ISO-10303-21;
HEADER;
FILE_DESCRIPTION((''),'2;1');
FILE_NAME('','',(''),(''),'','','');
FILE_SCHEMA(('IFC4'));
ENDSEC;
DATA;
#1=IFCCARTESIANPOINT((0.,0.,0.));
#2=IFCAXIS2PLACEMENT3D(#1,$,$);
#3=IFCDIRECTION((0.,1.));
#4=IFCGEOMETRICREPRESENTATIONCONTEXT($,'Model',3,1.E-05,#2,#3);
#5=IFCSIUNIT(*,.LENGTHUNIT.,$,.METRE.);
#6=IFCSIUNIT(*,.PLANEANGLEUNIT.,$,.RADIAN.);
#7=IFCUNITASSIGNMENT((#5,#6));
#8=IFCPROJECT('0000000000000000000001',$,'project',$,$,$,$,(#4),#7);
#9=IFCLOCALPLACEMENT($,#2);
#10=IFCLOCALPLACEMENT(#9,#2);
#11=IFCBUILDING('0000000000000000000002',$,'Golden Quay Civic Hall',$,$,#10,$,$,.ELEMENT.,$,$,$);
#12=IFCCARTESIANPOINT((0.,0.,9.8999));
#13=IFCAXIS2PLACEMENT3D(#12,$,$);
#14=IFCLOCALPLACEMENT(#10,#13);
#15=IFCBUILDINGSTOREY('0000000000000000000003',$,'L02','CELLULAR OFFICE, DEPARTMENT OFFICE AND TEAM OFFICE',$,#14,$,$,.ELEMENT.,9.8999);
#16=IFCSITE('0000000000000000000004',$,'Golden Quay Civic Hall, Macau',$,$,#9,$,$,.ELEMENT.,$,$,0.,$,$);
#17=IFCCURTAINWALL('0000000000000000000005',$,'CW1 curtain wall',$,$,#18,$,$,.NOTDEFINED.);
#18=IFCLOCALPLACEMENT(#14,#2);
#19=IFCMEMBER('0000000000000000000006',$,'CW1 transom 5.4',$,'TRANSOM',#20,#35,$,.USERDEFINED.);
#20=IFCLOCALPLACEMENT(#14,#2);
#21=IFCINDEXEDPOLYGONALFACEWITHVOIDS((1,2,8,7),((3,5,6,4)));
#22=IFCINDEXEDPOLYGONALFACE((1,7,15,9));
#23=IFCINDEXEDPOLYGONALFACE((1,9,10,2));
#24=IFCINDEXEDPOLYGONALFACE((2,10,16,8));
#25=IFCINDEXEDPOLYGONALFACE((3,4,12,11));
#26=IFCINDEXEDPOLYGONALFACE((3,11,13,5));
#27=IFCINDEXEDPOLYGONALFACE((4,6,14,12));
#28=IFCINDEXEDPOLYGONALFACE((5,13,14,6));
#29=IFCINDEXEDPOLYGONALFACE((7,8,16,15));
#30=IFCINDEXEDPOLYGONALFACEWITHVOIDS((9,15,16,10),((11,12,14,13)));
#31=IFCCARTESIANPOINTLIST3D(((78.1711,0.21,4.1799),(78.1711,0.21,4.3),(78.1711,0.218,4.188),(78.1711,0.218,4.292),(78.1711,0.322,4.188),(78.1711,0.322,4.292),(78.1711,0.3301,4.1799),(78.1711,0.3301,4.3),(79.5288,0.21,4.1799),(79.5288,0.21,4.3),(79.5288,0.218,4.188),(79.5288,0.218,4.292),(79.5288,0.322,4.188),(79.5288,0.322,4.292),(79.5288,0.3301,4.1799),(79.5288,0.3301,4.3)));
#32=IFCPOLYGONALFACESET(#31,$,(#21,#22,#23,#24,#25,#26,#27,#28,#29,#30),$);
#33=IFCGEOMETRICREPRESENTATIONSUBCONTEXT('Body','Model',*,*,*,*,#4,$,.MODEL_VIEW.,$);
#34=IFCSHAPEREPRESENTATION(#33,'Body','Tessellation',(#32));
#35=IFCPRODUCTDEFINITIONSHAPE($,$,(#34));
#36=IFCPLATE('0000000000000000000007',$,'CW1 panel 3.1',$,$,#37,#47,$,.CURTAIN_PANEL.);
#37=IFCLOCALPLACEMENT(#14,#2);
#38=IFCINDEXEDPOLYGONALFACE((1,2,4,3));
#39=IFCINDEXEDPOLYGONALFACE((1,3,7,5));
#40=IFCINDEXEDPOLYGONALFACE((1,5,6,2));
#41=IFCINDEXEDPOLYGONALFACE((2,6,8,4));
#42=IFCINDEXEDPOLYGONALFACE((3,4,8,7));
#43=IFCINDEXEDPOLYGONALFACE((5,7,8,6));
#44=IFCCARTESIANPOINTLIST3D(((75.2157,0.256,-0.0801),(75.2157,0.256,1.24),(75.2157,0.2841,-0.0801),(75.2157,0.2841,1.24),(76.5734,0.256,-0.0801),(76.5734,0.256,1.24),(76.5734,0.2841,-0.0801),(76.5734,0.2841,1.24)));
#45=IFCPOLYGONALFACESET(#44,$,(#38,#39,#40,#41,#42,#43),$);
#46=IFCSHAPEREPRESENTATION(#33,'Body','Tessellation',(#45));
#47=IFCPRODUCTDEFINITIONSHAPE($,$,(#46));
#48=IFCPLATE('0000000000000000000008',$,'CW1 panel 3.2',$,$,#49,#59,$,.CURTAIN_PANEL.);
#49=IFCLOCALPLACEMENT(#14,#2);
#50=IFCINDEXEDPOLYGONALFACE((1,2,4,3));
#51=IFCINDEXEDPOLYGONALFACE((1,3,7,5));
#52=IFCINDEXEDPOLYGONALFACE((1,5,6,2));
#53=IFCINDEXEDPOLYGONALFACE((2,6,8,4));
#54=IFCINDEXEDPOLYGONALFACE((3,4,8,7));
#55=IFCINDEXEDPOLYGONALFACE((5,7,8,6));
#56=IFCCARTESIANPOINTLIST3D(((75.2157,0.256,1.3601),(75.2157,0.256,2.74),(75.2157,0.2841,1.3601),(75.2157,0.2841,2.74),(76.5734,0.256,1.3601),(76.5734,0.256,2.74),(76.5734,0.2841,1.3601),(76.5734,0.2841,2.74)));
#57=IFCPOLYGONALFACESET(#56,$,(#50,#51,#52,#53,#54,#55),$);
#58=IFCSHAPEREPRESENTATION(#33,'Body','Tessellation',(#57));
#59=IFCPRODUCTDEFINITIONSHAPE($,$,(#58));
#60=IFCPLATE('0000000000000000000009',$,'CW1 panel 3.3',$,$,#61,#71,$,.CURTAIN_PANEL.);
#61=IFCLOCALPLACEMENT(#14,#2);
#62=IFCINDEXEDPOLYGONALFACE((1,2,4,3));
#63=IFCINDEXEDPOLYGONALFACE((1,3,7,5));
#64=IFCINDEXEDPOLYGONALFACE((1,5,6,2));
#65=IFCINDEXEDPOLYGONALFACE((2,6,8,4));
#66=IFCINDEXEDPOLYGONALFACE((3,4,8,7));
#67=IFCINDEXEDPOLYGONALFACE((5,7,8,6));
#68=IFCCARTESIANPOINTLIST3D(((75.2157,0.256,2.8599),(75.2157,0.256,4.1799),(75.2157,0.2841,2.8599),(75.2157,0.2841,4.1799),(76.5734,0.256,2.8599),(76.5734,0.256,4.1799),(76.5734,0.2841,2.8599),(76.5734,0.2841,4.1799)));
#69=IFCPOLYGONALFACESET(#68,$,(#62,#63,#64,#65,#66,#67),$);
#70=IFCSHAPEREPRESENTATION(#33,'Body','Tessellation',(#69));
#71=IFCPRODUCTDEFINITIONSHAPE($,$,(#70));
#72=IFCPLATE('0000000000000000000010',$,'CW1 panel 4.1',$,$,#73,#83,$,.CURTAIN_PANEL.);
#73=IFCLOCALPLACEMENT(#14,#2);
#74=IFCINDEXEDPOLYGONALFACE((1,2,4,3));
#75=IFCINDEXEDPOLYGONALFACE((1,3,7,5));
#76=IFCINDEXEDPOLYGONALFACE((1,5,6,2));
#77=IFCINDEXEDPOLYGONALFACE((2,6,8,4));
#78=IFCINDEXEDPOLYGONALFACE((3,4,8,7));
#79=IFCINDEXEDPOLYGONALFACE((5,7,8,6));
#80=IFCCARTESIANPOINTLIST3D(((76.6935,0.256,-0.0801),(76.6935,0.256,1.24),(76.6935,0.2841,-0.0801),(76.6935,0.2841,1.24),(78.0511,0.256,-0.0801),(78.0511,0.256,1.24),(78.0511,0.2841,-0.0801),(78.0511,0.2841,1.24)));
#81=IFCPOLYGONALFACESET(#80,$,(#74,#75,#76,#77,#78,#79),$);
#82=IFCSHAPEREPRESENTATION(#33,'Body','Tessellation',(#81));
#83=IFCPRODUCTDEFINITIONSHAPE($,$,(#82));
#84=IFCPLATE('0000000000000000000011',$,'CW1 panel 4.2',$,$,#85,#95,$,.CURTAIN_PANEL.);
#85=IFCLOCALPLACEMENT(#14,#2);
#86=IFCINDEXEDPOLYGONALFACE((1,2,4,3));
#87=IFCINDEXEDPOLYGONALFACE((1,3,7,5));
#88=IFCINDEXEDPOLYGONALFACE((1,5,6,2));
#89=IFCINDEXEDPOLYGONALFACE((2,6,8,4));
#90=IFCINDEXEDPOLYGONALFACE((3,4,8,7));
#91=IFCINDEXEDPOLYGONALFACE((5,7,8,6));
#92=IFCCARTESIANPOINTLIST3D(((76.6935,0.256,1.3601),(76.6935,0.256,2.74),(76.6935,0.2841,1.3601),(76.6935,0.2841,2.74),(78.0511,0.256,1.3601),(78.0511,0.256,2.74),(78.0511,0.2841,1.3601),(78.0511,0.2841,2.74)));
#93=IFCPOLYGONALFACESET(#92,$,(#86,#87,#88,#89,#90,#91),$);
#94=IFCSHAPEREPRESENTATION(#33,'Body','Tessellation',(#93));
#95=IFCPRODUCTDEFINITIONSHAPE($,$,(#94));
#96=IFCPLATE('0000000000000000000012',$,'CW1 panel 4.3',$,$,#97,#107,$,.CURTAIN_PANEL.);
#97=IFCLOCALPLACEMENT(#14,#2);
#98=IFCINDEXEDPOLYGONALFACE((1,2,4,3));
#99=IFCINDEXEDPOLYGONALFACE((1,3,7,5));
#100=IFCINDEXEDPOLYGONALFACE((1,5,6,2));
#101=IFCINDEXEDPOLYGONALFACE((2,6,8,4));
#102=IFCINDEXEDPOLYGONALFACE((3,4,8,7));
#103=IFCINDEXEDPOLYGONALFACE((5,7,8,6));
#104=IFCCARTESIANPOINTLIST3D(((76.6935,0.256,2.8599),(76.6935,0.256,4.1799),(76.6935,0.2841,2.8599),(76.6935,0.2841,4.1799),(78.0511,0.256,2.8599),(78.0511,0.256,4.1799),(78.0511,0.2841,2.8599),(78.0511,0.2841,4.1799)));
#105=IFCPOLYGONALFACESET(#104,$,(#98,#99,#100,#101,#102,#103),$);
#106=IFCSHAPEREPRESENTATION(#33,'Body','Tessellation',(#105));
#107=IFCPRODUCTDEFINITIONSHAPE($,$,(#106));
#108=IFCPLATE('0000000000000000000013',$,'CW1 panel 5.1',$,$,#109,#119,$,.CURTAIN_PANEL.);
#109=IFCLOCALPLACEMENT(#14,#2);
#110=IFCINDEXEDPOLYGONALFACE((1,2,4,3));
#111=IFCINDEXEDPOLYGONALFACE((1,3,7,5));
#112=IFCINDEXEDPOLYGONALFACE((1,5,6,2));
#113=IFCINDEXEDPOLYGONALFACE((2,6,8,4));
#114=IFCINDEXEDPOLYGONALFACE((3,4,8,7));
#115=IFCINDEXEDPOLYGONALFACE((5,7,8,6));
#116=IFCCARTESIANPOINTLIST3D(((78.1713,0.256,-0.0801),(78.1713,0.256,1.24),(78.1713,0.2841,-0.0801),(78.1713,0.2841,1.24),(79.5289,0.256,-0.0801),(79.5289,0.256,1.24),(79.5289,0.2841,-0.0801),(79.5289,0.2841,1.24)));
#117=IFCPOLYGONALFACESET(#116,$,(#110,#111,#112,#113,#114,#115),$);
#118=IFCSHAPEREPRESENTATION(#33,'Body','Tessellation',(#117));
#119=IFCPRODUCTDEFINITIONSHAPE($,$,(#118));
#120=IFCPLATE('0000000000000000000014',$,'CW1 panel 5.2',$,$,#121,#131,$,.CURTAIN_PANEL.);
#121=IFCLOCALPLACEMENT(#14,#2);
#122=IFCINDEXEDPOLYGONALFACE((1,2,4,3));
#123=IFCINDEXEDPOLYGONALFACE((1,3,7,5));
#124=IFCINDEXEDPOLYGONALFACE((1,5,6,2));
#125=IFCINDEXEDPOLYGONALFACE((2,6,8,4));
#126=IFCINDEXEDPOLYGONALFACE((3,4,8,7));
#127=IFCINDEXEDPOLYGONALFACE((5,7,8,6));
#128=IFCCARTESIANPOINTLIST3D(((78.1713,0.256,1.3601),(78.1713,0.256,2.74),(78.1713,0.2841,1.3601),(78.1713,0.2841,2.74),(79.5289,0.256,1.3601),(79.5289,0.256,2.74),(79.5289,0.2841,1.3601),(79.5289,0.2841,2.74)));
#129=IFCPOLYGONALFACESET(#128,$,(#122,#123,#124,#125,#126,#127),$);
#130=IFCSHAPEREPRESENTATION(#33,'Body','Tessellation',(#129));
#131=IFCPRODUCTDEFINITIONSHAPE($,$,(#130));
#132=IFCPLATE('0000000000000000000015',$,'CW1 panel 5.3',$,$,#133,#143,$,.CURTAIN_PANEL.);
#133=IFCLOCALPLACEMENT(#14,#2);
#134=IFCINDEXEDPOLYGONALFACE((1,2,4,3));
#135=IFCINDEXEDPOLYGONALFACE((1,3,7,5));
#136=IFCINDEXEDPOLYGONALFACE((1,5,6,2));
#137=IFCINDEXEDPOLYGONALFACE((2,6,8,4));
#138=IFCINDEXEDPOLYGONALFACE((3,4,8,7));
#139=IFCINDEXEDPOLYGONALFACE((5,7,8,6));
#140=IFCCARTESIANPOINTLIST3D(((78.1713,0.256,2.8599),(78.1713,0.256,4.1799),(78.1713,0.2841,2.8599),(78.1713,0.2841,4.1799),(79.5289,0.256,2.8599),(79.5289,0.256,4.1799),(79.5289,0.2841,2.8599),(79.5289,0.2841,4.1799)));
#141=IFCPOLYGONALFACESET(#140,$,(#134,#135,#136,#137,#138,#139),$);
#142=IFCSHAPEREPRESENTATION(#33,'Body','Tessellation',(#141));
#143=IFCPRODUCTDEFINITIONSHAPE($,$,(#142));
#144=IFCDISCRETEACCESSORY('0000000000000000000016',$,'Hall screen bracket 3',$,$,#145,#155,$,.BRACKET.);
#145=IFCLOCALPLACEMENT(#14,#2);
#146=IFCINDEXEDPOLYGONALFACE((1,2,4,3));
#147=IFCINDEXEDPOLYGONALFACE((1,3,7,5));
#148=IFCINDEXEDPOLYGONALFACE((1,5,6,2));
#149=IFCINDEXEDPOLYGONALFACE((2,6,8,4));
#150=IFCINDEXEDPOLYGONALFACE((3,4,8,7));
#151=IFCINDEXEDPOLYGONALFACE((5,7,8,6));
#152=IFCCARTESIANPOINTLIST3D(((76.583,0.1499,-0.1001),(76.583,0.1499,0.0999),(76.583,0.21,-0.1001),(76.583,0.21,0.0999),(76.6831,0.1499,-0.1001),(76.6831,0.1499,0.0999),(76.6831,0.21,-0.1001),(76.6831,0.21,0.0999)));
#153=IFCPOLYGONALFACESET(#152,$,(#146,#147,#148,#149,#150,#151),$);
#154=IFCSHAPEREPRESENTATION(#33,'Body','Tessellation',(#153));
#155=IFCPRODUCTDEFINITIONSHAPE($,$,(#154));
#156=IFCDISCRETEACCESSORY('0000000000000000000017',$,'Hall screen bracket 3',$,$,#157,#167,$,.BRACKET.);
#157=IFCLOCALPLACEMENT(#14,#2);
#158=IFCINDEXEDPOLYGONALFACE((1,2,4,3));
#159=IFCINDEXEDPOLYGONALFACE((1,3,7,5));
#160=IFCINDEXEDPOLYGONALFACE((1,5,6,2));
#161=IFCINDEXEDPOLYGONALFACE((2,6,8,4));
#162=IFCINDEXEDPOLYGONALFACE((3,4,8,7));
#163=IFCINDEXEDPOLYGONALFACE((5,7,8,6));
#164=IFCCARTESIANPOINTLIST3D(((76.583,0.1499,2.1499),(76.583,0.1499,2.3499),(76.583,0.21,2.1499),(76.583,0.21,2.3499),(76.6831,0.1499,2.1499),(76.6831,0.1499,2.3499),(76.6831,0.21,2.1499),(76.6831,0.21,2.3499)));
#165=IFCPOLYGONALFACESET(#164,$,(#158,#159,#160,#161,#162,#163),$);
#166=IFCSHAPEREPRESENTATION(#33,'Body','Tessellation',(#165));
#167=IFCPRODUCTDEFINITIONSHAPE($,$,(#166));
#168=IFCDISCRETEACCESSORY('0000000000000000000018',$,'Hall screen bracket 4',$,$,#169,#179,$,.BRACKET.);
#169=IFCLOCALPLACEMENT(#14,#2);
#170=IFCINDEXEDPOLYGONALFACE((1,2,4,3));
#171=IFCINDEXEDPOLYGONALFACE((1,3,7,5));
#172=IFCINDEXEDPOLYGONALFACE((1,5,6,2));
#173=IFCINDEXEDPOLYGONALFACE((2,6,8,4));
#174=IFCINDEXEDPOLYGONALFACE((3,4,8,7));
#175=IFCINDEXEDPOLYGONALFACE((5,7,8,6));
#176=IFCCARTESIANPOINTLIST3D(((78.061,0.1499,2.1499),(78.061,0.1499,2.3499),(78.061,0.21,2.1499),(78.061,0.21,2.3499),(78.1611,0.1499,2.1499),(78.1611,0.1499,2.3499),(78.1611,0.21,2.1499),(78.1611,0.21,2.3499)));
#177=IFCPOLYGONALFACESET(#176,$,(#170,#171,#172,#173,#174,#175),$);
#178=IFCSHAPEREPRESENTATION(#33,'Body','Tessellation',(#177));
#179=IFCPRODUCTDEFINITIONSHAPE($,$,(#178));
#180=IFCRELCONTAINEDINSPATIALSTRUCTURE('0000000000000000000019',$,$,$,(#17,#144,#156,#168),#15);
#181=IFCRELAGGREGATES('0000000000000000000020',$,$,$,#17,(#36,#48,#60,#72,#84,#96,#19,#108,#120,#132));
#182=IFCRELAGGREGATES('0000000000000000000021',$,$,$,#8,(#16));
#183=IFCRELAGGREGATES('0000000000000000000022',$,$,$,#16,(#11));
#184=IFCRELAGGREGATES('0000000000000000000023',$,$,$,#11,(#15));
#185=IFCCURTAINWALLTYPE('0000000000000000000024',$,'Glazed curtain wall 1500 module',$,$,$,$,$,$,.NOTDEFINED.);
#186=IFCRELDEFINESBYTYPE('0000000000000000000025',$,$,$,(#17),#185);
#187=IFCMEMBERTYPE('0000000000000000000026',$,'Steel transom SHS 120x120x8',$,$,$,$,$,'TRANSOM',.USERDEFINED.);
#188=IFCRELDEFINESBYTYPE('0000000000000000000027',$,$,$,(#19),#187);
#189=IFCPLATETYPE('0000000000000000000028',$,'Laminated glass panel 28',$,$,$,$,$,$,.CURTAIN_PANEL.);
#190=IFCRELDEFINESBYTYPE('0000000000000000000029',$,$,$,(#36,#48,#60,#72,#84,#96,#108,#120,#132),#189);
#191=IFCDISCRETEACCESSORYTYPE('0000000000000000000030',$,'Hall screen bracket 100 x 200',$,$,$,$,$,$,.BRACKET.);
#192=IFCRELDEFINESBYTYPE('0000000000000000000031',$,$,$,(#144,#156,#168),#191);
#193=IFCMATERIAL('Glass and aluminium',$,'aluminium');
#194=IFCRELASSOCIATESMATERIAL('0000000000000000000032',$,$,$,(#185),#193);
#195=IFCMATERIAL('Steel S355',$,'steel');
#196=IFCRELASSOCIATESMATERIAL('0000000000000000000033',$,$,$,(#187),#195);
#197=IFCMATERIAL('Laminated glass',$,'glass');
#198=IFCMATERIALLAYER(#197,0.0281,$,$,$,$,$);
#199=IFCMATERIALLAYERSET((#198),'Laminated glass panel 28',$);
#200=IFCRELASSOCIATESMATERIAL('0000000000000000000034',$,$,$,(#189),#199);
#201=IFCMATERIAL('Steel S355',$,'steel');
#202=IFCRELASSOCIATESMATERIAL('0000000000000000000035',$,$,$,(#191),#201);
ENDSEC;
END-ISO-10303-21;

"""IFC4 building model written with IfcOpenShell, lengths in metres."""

from ifc_helpers import new_model, si_unit, direction, frame, origin, origin_2d, place, context, subcontext, project, spatial, rectangle, hollow_rectangle, extrude, material, layer, layer_set, material_profile, profile_set, type_object, element, aggregate, save


model = new_model("IFC4")

# Units and contexts
model_context = context("Model", 3, precision=1e-05, world=origin(), true_north=direction((0.0, 1.0)))
body_context = subcontext(model_context, "Body", "Model", "MODEL_VIEW")
ifc_project = project(units=[si_unit("LENGTHUNIT", "METRE"), si_unit("PLANEANGLEUNIT", "RADIAN")], contexts=[model_context])

# Site, building, storey
site_placement = place(None, origin())
site = spatial("IfcSite", under=ifc_project, at=site_placement, Name="Golden Quay Civic Hall, Macau", CompositionType="ELEMENT", RefElevation=0.0)
building_placement = place(site_placement, origin())
building = spatial("IfcBuilding", under=site, at=building_placement, Name="Golden Quay Civic Hall", CompositionType="ELEMENT")
storey_placement = place(building_placement, frame((0.0, 0.0, 9.8999)))
storey = spatial("IfcBuildingStorey", under=building, at=storey_placement, Name="L02", Description="CELLULAR OFFICE, DEPARTMENT OFFICE AND TEAM OFFICE", CompositionType="ELEMENT", Elevation=9.8999)

# Curtain wall, member, plates
ifc_material_1 = material(Name="Glass and aluminium", Category="aluminium")
curtain_wall_type = type_object("IfcCurtainWallType", Name="Glazed curtain wall 1500 module", PredefinedType="NOTDEFINED", material=ifc_material_1)
curtain_wall_placement = place(storey_placement, origin())
curtain_wall = element("IfcCurtainWall", 1, at=curtain_wall_placement, inside=storey, type_object=curtain_wall_type, Name="CW1 curtain wall", PredefinedType="NOTDEFINED")
ifc_material_2 = material(Name="Steel S355", Category="steel")
ifc_material_profile_1 = material_profile(ifc_material_2, hollow_rectangle(XDim=0.1201, YDim=0.1201, WallThickness=0.0081, at=origin_2d()), Name="SHS 120x120x8")
ifc_profile_set_1 = profile_set([ifc_material_profile_1], Name="Steel S355")
member_type_1 = type_object("IfcMemberType", Name="Steel transom SHS 120x120x8", ElementType="TRANSOM", PredefinedType="USERDEFINED", material=ifc_profile_set_1)
member_1_placement = place(storey_placement, frame((78.1711, 0.27, 4.24), z_axis=(1.0, 0.0, 0.0), x_axis=(0.0, 1.0, 0.0)))
member_1 = element("IfcMember", 2, at=member_1_placement, type_object=member_type_1, Name="CW1 transom 5.4", ObjectType="TRANSOM", PredefinedType="USERDEFINED", context=body_context, shape_type="SweptSolid", body=[
    extrude(hollow_rectangle(XDim=0.1201, YDim=0.1201, WallThickness=0.0081, at=origin_2d()), origin(), (0.0, 0.0, 1.0), 1.3577),
])
ifc_material_3 = material(Name="Laminated glass", Category="glass")
ifc_layer = layer(ifc_material_3, 0.0281)
ifc_layer_set = layer_set([ifc_layer], Name="Laminated glass panel 28")
plate_type = type_object("IfcPlateType", Name="Laminated glass panel 28", PredefinedType="CURTAIN_PANEL", material=ifc_layer_set)
plate_1_placement = place(storey_placement, frame((75.8945, 0.27, -0.0801), z_axis=(0.0, 0.0, 1.0), x_axis=(1.0, 0.0, 0.0)))
plate_1 = element("IfcPlate", 3, at=plate_1_placement, type_object=plate_type, Name="CW1 panel 3.1", PredefinedType="CURTAIN_PANEL", context=body_context, shape_type="SweptSolid", body=[
    extrude(rectangle(XDim=1.3577, YDim=0.0281, at=origin_2d()), origin(), (0.0, 0.0, 1.0), 1.3201),
])
plate_2_placement = place(storey_placement, frame((75.8945, 0.27, 1.3601), z_axis=(0.0, 0.0, 1.0), x_axis=(1.0, 0.0, 0.0)))
plate_2 = element("IfcPlate", 4, at=plate_2_placement, type_object=plate_type, Name="CW1 panel 3.2", PredefinedType="CURTAIN_PANEL", context=body_context, shape_type="SweptSolid", body=[
    extrude(rectangle(XDim=1.3577, YDim=0.0281, at=origin_2d()), origin(), (0.0, 0.0, 1.0), 1.3799),
])
plate_3_placement = place(storey_placement, frame((75.8945, 0.27, 2.8599), z_axis=(0.0, 0.0, 1.0), x_axis=(1.0, 0.0, 0.0)))
plate_3 = element("IfcPlate", 5, at=plate_3_placement, type_object=plate_type, Name="CW1 panel 3.3", PredefinedType="CURTAIN_PANEL", context=body_context, shape_type="SweptSolid", body=[
    extrude(rectangle(XDim=1.3577, YDim=0.0281, at=origin_2d()), origin(), (0.0, 0.0, 1.0), 1.3201),
])
plate_4_placement = place(storey_placement, frame((77.3723, 0.27, -0.0801), z_axis=(0.0, 0.0, 1.0), x_axis=(1.0, 0.0, 0.0)))
plate_4 = element("IfcPlate", 6, at=plate_4_placement, type_object=plate_type, Name="CW1 panel 4.1", PredefinedType="CURTAIN_PANEL", context=body_context, shape_type="SweptSolid", body=[
    extrude(rectangle(XDim=1.3577, YDim=0.0281, at=origin_2d()), origin(), (0.0, 0.0, 1.0), 1.3201),
])
plate_5_placement = place(storey_placement, frame((77.3723, 0.27, 1.3601), z_axis=(0.0, 0.0, 1.0), x_axis=(1.0, 0.0, 0.0)))
plate_5 = element("IfcPlate", 7, at=plate_5_placement, type_object=plate_type, Name="CW1 panel 4.2", PredefinedType="CURTAIN_PANEL", context=body_context, shape_type="SweptSolid", body=[
    extrude(rectangle(XDim=1.3577, YDim=0.0281, at=origin_2d()), origin(), (0.0, 0.0, 1.0), 1.3799),
])
plate_6_placement = place(storey_placement, frame((77.3723, 0.27, 2.8599), z_axis=(0.0, 0.0, 1.0), x_axis=(1.0, 0.0, 0.0)))
plate_6 = element("IfcPlate", 8, at=plate_6_placement, type_object=plate_type, Name="CW1 panel 4.3", PredefinedType="CURTAIN_PANEL", context=body_context, shape_type="SweptSolid", body=[
    extrude(rectangle(XDim=1.3577, YDim=0.0281, at=origin_2d()), origin(), (0.0, 0.0, 1.0), 1.3201),
])
plate_7_placement = place(storey_placement, frame((78.8501, 0.27, -0.0801), z_axis=(0.0, 0.0, 1.0), x_axis=(1.0, 0.0, 0.0)))
plate_7 = element("IfcPlate", 9, at=plate_7_placement, type_object=plate_type, Name="CW1 panel 5.1", PredefinedType="CURTAIN_PANEL", context=body_context, shape_type="SweptSolid", body=[
    extrude(rectangle(XDim=1.3577, YDim=0.0281, at=origin_2d()), origin(), (0.0, 0.0, 1.0), 1.3201),
])
plate_8_placement = place(storey_placement, frame((78.8501, 0.27, 1.3601), z_axis=(0.0, 0.0, 1.0), x_axis=(1.0, 0.0, 0.0)))
plate_8 = element("IfcPlate", 10, at=plate_8_placement, type_object=plate_type, Name="CW1 panel 5.2", PredefinedType="CURTAIN_PANEL", context=body_context, shape_type="SweptSolid", body=[
    extrude(rectangle(XDim=1.3577, YDim=0.0281, at=origin_2d()), origin(), (0.0, 0.0, 1.0), 1.3799),
])
plate_9_placement = place(storey_placement, frame((78.8501, 0.27, 2.8599), z_axis=(0.0, 0.0, 1.0), x_axis=(1.0, 0.0, 0.0)))
plate_9 = element("IfcPlate", 11, at=plate_9_placement, type_object=plate_type, Name="CW1 panel 5.3", PredefinedType="CURTAIN_PANEL", context=body_context, shape_type="SweptSolid", body=[
    extrude(rectangle(XDim=1.3577, YDim=0.0281, at=origin_2d()), origin(), (0.0, 0.0, 1.0), 1.3201),
])
aggregate(curtain_wall, [plate_1, plate_2, plate_3, plate_4, plate_5, plate_6, member_1, plate_7, plate_8, plate_9])

# Discrete accessories
ifc_material_4 = material(Name="Steel S355", Category="steel")
discrete_accessory_type = type_object("IfcDiscreteAccessoryType", Name="Hall screen bracket 100 x 200", PredefinedType="BRACKET", material=ifc_material_4)
for number, where, z_axis, x_axis, name in (
    (12, (76.6331, 0.1799, -0.1001), (0.0, 0.0, 1.0), (1.0, 0.0, 0.0), "Hall screen bracket 3"),
    (13, (76.6331, 0.1799, 2.1499), (0.0, 0.0, 1.0), (1.0, 0.0, 0.0), "Hall screen bracket 3"),
    (14, (78.1111, 0.1799, 2.1499), (0.0, 0.0, 1.0), (1.0, 0.0, 0.0), "Hall screen bracket 4"),
):
    element("IfcDiscreteAccessory", number, at=place(storey_placement, frame(where, z_axis=z_axis, x_axis=x_axis)), inside=storey, type_object=discrete_accessory_type, Name=name, PredefinedType="BRACKET", context=body_context, shape_type="SweptSolid", body=[
        extrude(rectangle(XDim=0.1001, YDim=0.0601, at=origin_2d()), origin(), (0.0, 0.0, 1.0), 0.2),
    ])

save(model, "model.ifc")
